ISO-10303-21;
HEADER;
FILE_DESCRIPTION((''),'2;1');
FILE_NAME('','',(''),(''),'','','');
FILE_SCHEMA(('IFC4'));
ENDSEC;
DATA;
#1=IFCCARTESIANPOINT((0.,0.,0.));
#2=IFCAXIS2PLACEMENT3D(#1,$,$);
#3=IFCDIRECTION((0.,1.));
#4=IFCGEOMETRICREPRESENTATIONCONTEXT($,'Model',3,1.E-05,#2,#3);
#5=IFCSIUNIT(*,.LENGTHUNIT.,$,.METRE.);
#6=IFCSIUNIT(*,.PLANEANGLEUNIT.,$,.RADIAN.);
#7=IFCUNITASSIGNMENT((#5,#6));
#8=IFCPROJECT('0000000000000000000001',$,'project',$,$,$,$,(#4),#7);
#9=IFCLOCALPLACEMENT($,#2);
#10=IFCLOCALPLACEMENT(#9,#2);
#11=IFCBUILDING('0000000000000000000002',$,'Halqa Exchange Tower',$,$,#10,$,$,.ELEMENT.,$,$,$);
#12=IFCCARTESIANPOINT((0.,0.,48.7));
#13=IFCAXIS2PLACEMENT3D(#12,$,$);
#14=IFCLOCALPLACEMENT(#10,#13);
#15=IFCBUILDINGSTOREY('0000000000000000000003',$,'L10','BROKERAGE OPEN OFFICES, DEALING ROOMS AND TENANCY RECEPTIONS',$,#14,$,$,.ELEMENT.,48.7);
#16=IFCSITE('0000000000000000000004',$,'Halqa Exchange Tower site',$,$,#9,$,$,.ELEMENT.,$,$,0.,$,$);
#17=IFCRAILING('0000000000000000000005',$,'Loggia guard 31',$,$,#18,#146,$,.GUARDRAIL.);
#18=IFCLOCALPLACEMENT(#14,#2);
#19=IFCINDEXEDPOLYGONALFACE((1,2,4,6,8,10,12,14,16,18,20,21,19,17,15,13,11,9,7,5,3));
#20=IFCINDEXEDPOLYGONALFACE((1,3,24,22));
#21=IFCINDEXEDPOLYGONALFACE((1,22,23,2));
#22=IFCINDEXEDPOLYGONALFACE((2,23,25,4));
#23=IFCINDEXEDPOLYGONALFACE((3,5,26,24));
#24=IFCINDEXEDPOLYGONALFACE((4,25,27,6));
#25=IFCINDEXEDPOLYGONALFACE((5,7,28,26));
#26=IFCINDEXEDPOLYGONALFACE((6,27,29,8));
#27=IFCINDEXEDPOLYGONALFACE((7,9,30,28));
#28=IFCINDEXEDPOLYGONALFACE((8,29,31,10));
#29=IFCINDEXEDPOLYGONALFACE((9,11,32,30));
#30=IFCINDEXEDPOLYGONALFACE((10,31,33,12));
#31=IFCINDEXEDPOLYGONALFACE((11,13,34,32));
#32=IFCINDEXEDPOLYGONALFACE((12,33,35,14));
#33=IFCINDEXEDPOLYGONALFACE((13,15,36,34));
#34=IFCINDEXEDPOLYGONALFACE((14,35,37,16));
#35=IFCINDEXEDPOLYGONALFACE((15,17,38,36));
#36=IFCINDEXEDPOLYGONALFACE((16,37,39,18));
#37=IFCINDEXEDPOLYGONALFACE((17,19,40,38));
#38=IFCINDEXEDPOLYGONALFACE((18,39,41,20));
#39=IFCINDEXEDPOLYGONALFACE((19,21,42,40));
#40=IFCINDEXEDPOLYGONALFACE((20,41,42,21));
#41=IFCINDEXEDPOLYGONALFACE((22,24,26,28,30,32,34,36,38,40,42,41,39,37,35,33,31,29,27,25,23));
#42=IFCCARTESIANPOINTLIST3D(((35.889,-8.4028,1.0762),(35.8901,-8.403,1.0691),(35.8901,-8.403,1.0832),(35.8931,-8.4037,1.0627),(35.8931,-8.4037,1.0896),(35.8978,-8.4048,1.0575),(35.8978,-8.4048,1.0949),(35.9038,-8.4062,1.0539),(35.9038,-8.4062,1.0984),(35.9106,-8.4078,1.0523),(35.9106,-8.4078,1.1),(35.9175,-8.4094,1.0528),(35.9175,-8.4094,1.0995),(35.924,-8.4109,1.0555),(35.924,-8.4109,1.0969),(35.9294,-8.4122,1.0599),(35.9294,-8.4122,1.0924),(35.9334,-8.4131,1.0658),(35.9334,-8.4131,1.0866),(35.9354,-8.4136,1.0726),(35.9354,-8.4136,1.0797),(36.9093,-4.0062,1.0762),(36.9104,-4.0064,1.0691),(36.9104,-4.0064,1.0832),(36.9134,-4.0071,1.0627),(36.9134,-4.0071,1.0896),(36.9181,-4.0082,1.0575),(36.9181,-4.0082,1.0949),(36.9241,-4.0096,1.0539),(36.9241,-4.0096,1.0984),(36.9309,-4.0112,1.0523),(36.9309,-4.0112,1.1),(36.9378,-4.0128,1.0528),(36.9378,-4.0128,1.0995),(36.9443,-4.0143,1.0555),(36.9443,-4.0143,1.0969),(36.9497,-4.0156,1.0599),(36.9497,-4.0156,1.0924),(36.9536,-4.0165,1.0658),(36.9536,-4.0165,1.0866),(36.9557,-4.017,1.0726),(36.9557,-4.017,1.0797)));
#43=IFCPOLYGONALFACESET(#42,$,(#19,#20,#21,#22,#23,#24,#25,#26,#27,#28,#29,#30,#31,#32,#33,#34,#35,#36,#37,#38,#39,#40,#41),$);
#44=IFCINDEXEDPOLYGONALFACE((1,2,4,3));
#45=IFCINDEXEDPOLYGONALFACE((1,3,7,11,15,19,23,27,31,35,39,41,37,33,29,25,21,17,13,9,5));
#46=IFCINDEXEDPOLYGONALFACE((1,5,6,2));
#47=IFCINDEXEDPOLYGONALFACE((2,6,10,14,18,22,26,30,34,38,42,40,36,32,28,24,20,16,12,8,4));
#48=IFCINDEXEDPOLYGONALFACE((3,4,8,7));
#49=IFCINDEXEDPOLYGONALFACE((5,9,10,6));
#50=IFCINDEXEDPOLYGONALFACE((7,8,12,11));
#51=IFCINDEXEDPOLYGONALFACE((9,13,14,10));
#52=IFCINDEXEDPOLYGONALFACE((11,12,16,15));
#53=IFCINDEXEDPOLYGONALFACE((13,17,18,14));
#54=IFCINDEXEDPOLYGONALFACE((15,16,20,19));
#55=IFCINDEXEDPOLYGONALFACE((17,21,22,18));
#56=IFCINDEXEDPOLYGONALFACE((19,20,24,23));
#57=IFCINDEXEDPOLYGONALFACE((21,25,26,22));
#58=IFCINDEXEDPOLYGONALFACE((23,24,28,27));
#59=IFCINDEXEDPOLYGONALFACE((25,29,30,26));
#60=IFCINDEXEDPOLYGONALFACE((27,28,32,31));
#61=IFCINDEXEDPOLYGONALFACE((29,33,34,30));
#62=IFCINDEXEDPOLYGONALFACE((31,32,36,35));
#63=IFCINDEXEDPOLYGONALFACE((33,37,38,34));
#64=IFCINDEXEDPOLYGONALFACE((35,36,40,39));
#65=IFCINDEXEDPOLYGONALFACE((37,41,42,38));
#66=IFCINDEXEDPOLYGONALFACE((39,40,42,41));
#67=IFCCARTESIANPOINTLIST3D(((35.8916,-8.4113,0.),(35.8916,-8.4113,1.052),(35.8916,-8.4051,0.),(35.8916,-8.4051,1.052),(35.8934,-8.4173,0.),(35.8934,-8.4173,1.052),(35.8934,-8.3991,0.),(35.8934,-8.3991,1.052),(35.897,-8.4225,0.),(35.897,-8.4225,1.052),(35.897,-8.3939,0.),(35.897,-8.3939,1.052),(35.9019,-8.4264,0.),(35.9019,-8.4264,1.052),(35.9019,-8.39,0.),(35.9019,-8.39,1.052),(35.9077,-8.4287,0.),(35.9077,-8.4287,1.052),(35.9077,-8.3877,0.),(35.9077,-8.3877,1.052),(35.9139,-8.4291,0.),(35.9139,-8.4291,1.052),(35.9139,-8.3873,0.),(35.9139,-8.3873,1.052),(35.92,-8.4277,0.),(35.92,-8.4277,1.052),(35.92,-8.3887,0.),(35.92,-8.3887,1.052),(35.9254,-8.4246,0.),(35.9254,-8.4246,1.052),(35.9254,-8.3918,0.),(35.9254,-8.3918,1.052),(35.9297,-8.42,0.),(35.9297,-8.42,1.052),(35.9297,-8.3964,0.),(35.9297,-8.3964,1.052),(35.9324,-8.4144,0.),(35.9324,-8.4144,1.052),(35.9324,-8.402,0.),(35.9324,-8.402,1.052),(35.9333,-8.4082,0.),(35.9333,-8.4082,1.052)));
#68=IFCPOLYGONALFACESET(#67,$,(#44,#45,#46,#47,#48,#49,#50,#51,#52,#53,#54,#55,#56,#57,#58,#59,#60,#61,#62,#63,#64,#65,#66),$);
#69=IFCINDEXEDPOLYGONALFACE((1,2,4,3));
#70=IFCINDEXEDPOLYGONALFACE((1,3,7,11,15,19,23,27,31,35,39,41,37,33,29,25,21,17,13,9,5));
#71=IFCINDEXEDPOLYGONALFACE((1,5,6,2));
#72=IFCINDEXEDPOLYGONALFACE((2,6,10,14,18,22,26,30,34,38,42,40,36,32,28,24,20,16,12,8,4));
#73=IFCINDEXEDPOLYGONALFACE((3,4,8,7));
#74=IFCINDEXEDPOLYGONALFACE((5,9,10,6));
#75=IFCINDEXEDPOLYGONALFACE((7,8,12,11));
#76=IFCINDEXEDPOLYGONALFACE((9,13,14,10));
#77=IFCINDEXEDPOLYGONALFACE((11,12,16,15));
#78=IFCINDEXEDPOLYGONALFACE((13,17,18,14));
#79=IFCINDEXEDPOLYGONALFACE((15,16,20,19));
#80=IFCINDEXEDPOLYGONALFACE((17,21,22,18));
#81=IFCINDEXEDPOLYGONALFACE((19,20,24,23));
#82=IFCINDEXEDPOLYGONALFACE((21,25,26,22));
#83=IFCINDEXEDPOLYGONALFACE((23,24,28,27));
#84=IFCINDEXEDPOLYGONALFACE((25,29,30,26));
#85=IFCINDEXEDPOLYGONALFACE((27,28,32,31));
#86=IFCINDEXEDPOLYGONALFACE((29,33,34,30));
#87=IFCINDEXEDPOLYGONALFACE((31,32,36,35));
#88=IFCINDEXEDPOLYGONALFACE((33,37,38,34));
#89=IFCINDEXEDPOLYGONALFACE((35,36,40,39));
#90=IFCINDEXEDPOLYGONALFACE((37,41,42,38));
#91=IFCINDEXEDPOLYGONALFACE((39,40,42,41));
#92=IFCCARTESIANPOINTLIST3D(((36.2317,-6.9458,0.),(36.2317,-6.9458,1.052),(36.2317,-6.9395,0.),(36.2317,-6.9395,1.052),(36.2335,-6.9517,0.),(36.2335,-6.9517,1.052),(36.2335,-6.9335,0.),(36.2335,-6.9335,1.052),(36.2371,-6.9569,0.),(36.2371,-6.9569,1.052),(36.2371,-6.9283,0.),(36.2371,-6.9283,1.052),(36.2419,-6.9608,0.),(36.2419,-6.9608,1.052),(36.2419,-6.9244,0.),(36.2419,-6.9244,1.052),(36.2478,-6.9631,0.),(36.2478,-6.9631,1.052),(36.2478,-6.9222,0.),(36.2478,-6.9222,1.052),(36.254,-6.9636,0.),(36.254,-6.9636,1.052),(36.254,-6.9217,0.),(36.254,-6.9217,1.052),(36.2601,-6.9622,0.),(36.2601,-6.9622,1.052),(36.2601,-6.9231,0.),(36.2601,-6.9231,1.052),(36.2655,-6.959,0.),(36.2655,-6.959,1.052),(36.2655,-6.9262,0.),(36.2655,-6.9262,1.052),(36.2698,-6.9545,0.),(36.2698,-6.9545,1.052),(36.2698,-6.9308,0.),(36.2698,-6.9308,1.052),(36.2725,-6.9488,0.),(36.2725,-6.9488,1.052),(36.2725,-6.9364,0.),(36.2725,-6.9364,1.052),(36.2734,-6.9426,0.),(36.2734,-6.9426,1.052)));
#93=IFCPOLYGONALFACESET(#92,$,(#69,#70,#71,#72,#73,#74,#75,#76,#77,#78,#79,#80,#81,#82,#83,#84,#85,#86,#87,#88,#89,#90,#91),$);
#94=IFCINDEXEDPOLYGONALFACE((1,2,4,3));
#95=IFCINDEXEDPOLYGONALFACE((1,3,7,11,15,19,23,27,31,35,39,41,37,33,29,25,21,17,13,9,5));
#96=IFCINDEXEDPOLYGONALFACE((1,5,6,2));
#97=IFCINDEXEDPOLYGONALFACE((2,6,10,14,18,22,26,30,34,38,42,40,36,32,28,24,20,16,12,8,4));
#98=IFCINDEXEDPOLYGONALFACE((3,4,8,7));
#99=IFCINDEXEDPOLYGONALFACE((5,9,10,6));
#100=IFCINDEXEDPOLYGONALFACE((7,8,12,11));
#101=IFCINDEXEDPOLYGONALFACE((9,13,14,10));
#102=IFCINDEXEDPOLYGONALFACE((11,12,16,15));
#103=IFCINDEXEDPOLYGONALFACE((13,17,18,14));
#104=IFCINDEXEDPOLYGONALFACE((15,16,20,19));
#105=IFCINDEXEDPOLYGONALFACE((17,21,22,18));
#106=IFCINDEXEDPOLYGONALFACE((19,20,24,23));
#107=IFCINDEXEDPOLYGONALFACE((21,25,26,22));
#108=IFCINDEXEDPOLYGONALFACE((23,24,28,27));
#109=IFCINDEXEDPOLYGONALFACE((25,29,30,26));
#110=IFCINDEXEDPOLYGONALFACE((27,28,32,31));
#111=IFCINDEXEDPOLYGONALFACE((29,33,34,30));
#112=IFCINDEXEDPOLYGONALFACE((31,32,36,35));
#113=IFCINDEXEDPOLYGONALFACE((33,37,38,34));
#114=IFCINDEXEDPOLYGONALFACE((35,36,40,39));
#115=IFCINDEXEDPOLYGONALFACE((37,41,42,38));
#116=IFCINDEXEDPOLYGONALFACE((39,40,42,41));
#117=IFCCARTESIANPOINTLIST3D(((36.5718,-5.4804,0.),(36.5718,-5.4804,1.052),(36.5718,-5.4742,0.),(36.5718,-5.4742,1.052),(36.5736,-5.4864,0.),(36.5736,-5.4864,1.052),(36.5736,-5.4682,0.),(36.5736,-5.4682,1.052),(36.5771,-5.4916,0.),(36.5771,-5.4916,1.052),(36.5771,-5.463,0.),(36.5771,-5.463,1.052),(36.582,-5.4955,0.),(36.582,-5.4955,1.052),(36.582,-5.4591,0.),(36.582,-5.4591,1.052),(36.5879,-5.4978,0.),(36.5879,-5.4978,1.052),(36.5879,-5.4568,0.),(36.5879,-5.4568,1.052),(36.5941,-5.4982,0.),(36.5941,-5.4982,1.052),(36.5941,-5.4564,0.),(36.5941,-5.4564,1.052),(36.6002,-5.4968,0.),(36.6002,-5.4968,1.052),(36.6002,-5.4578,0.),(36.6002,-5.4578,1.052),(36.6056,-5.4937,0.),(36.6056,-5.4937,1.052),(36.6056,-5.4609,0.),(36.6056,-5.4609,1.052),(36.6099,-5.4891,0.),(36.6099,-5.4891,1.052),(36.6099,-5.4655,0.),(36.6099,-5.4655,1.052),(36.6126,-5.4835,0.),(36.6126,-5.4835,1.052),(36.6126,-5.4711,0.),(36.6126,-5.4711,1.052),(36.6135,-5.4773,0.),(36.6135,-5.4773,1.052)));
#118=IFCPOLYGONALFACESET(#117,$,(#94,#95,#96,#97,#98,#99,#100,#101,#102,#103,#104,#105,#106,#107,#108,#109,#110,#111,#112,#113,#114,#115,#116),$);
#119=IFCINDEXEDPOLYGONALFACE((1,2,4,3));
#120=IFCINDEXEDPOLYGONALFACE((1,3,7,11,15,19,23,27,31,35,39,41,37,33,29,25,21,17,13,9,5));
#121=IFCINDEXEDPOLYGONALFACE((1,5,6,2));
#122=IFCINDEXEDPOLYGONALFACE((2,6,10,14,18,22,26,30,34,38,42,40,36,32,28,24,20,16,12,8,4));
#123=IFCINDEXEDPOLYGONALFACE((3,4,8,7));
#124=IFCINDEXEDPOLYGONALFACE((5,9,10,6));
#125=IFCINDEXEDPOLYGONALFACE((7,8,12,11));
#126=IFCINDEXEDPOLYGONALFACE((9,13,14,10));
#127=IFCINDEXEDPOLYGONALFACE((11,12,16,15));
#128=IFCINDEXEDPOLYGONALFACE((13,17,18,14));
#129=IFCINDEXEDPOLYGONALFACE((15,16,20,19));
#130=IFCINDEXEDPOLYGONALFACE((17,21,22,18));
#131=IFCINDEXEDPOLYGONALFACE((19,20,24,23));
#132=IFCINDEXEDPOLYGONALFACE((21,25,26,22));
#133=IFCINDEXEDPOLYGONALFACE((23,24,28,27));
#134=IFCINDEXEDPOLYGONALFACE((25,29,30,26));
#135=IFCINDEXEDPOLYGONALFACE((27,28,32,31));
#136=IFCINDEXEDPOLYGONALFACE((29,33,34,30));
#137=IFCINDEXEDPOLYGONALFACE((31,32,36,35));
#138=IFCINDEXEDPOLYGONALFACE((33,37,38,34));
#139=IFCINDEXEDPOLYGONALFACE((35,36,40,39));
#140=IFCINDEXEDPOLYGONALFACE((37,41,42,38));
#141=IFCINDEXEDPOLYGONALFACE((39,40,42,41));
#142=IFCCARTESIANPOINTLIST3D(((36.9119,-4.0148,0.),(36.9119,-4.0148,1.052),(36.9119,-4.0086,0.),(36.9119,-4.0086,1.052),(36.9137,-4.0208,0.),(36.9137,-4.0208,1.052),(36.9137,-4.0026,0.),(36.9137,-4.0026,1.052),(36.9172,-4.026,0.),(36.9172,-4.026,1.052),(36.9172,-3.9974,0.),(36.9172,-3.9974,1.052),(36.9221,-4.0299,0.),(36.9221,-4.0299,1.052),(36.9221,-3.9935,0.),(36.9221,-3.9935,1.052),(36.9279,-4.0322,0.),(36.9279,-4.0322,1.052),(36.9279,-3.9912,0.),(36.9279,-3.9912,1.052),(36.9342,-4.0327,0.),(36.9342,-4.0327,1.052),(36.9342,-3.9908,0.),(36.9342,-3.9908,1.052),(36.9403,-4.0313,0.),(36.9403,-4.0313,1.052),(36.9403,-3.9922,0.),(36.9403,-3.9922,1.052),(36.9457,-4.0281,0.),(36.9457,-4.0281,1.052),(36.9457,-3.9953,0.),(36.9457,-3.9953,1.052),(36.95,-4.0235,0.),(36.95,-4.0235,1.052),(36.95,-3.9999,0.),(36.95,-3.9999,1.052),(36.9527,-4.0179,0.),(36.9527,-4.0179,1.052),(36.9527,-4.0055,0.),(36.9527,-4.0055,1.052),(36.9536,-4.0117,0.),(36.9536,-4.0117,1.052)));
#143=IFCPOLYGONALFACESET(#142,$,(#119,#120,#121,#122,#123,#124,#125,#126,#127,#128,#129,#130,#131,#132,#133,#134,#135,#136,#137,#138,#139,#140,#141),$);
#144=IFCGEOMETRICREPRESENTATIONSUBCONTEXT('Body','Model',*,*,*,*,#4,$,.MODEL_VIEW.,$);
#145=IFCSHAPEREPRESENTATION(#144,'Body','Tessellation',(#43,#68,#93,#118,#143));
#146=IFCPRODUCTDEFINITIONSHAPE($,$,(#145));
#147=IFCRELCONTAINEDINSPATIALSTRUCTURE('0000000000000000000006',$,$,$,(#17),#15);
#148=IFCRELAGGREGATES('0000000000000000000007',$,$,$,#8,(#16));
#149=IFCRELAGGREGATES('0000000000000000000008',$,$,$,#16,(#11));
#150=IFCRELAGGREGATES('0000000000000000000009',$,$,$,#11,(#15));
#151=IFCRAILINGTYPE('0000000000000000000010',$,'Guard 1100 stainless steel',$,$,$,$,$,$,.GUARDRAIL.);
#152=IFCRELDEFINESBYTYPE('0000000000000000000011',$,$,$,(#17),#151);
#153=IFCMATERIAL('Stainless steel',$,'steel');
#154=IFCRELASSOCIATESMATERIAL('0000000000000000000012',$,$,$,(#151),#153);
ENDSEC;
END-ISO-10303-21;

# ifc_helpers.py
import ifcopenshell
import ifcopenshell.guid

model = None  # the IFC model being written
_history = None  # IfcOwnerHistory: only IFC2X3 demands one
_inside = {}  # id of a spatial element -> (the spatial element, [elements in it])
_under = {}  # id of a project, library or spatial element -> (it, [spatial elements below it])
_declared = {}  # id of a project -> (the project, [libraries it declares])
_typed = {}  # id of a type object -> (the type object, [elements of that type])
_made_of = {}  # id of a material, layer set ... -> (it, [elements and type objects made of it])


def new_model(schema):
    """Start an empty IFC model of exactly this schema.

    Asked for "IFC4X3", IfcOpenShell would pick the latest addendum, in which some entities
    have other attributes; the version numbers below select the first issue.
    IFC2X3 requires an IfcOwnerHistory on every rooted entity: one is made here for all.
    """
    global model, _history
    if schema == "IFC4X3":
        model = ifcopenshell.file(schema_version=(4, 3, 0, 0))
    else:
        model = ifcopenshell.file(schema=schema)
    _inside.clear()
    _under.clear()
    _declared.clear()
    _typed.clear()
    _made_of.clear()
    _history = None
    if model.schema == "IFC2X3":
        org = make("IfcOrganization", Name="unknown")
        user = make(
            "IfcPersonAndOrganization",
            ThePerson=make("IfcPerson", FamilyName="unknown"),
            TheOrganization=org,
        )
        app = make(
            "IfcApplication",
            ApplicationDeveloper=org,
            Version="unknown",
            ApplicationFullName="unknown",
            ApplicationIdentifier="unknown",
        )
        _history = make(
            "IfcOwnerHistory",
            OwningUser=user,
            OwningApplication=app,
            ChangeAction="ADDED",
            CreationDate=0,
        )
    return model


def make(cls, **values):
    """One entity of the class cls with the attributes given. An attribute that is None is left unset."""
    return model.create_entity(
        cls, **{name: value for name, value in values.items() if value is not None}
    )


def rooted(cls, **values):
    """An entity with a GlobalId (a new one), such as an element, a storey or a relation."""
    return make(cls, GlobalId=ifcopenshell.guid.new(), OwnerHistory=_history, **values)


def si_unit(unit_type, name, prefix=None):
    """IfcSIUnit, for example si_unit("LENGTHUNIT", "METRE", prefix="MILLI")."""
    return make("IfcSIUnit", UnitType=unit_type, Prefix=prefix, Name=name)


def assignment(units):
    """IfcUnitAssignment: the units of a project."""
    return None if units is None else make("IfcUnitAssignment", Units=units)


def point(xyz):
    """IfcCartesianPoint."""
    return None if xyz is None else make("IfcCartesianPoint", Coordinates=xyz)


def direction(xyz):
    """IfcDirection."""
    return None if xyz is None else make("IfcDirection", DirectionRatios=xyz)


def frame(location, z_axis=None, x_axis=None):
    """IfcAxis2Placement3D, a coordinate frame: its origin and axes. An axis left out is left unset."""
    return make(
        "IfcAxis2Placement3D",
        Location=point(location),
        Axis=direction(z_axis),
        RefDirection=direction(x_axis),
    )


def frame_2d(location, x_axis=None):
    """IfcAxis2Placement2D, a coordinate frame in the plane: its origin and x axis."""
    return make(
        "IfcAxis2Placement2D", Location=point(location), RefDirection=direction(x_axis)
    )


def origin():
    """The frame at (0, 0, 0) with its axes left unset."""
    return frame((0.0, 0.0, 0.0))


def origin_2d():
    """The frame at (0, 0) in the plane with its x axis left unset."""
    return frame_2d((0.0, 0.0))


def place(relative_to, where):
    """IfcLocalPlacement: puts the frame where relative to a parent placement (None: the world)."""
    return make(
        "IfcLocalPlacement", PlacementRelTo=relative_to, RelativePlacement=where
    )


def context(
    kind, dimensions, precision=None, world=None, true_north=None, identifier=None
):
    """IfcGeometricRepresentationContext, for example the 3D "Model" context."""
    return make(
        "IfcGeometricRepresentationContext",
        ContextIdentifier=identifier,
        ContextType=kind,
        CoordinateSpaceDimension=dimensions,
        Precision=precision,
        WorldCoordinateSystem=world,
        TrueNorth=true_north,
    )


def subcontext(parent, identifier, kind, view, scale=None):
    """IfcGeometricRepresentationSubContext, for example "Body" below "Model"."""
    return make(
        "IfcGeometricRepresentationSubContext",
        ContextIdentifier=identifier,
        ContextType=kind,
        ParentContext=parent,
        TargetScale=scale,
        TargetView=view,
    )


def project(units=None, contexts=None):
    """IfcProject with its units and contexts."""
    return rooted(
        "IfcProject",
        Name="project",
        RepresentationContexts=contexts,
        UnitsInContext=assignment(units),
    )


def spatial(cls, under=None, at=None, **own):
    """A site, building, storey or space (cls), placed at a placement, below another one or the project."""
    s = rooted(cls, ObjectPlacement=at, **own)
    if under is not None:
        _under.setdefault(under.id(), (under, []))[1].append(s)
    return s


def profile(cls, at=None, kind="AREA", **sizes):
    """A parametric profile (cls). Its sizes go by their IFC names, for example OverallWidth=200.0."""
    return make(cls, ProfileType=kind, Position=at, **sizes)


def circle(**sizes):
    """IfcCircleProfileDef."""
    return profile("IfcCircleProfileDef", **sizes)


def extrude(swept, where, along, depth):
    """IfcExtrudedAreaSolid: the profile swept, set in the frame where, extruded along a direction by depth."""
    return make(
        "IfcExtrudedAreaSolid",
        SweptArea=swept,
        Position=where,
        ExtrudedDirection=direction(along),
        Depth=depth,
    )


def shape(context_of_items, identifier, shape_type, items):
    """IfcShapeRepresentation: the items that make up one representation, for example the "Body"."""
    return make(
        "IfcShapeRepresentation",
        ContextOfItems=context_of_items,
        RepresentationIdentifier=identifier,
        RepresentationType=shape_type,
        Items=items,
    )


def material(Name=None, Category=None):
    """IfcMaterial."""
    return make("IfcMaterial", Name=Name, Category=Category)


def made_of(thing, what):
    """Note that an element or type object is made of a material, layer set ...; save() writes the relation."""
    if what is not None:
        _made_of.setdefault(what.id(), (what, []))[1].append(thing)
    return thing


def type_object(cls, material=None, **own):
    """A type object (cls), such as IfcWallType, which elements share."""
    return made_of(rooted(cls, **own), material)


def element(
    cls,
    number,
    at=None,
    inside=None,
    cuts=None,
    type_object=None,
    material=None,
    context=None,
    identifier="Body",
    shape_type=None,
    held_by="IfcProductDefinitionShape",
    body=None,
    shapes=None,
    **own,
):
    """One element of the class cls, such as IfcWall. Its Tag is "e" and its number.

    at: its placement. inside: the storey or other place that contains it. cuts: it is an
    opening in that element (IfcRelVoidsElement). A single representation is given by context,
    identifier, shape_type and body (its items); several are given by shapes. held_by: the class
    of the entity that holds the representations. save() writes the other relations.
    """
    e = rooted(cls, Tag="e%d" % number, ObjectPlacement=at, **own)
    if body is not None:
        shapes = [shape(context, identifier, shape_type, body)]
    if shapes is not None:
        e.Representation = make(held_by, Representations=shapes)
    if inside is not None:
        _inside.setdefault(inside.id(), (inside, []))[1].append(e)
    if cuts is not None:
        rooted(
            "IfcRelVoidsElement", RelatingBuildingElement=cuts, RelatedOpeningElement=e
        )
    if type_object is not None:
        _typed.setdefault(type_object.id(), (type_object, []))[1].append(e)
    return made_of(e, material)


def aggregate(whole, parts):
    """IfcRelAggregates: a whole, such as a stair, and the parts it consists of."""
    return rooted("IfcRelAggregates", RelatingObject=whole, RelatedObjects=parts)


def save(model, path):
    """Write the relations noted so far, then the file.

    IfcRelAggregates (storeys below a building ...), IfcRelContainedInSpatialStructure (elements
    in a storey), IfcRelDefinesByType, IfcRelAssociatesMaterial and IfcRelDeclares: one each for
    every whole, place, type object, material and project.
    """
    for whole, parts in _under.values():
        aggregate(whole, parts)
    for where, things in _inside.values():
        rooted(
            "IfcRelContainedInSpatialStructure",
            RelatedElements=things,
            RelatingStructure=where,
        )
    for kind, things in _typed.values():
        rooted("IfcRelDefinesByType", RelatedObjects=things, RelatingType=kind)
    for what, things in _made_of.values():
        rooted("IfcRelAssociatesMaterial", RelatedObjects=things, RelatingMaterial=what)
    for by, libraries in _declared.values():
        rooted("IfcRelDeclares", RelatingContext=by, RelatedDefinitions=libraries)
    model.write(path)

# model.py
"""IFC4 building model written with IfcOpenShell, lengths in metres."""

from ifc_helpers import new_model, si_unit, direction, frame, origin, origin_2d, place, context, subcontext, project, spatial, circle, extrude, material, type_object, element, save


model = new_model("IFC4")

# Units and contexts
model_context = context("Model", 3, precision=1e-05, world=origin(), true_north=direction((0.0, 1.0)))
body_context = subcontext(model_context, "Body", "Model", "MODEL_VIEW")
ifc_project = project(units=[si_unit("LENGTHUNIT", "METRE"), si_unit("PLANEANGLEUNIT", "RADIAN")], contexts=[model_context])

# Site, building, storey
site_placement = place(None, origin())
site = spatial("IfcSite", under=ifc_project, at=site_placement, Name="Halqa Exchange Tower site", CompositionType="ELEMENT", RefElevation=0.0)
building_placement = place(site_placement, origin())
building = spatial("IfcBuilding", under=site, at=building_placement, Name="Halqa Exchange Tower", CompositionType="ELEMENT")
storey_placement = place(building_placement, frame((0.0, 0.0, 48.7)))
storey = spatial("IfcBuildingStorey", under=building, at=storey_placement, Name="L10", Description="BROKERAGE OPEN OFFICES, DEALING ROOMS AND TENANCY RECEPTIONS", CompositionType="ELEMENT", Elevation=48.7)

# Railing
ifc_material_1 = material(Name="Stainless steel", Category="steel")
railing_type = type_object("IfcRailingType", Name="Guard 1100 stainless steel", PredefinedType="GUARDRAIL", material=ifc_material_1)
railing_1_placement = place(storey_placement, frame((35.9124, -8.4082, 0.0)))
element("IfcRailing", 1, at=railing_1_placement, inside=storey, type_object=railing_type, Name="Loggia guard 31", PredefinedType="GUARDRAIL", context=body_context, shape_type="SweptSolid", body=[
    extrude(circle(Radius=0.0239, at=origin_2d()), frame((0.0, 0.0, 1.0762), z_axis=(0.226056, 0.974114, 0.0), x_axis=(-0.974114, 0.226056, 0.0)), (0.0, 0.0, 1.0), 4.5134),
    extrude(circle(Radius=0.021, at=origin_2d()), origin(), (0.0, 0.0, 1.0), 1.052),
    extrude(circle(Radius=0.021, at=origin_2d()), frame((0.3401, 1.4656, 0.0)), (0.0, 0.0, 1.0), 1.052),
    extrude(circle(Radius=0.021, at=origin_2d()), frame((0.6802, 2.9309, 0.0)), (0.0, 0.0, 1.0), 1.052),
    extrude(circle(Radius=0.021, at=origin_2d()), frame((1.0203, 4.3965, 0.0)), (0.0, 0.0, 1.0), 1.052),
])

save(model, "model.ifc")
